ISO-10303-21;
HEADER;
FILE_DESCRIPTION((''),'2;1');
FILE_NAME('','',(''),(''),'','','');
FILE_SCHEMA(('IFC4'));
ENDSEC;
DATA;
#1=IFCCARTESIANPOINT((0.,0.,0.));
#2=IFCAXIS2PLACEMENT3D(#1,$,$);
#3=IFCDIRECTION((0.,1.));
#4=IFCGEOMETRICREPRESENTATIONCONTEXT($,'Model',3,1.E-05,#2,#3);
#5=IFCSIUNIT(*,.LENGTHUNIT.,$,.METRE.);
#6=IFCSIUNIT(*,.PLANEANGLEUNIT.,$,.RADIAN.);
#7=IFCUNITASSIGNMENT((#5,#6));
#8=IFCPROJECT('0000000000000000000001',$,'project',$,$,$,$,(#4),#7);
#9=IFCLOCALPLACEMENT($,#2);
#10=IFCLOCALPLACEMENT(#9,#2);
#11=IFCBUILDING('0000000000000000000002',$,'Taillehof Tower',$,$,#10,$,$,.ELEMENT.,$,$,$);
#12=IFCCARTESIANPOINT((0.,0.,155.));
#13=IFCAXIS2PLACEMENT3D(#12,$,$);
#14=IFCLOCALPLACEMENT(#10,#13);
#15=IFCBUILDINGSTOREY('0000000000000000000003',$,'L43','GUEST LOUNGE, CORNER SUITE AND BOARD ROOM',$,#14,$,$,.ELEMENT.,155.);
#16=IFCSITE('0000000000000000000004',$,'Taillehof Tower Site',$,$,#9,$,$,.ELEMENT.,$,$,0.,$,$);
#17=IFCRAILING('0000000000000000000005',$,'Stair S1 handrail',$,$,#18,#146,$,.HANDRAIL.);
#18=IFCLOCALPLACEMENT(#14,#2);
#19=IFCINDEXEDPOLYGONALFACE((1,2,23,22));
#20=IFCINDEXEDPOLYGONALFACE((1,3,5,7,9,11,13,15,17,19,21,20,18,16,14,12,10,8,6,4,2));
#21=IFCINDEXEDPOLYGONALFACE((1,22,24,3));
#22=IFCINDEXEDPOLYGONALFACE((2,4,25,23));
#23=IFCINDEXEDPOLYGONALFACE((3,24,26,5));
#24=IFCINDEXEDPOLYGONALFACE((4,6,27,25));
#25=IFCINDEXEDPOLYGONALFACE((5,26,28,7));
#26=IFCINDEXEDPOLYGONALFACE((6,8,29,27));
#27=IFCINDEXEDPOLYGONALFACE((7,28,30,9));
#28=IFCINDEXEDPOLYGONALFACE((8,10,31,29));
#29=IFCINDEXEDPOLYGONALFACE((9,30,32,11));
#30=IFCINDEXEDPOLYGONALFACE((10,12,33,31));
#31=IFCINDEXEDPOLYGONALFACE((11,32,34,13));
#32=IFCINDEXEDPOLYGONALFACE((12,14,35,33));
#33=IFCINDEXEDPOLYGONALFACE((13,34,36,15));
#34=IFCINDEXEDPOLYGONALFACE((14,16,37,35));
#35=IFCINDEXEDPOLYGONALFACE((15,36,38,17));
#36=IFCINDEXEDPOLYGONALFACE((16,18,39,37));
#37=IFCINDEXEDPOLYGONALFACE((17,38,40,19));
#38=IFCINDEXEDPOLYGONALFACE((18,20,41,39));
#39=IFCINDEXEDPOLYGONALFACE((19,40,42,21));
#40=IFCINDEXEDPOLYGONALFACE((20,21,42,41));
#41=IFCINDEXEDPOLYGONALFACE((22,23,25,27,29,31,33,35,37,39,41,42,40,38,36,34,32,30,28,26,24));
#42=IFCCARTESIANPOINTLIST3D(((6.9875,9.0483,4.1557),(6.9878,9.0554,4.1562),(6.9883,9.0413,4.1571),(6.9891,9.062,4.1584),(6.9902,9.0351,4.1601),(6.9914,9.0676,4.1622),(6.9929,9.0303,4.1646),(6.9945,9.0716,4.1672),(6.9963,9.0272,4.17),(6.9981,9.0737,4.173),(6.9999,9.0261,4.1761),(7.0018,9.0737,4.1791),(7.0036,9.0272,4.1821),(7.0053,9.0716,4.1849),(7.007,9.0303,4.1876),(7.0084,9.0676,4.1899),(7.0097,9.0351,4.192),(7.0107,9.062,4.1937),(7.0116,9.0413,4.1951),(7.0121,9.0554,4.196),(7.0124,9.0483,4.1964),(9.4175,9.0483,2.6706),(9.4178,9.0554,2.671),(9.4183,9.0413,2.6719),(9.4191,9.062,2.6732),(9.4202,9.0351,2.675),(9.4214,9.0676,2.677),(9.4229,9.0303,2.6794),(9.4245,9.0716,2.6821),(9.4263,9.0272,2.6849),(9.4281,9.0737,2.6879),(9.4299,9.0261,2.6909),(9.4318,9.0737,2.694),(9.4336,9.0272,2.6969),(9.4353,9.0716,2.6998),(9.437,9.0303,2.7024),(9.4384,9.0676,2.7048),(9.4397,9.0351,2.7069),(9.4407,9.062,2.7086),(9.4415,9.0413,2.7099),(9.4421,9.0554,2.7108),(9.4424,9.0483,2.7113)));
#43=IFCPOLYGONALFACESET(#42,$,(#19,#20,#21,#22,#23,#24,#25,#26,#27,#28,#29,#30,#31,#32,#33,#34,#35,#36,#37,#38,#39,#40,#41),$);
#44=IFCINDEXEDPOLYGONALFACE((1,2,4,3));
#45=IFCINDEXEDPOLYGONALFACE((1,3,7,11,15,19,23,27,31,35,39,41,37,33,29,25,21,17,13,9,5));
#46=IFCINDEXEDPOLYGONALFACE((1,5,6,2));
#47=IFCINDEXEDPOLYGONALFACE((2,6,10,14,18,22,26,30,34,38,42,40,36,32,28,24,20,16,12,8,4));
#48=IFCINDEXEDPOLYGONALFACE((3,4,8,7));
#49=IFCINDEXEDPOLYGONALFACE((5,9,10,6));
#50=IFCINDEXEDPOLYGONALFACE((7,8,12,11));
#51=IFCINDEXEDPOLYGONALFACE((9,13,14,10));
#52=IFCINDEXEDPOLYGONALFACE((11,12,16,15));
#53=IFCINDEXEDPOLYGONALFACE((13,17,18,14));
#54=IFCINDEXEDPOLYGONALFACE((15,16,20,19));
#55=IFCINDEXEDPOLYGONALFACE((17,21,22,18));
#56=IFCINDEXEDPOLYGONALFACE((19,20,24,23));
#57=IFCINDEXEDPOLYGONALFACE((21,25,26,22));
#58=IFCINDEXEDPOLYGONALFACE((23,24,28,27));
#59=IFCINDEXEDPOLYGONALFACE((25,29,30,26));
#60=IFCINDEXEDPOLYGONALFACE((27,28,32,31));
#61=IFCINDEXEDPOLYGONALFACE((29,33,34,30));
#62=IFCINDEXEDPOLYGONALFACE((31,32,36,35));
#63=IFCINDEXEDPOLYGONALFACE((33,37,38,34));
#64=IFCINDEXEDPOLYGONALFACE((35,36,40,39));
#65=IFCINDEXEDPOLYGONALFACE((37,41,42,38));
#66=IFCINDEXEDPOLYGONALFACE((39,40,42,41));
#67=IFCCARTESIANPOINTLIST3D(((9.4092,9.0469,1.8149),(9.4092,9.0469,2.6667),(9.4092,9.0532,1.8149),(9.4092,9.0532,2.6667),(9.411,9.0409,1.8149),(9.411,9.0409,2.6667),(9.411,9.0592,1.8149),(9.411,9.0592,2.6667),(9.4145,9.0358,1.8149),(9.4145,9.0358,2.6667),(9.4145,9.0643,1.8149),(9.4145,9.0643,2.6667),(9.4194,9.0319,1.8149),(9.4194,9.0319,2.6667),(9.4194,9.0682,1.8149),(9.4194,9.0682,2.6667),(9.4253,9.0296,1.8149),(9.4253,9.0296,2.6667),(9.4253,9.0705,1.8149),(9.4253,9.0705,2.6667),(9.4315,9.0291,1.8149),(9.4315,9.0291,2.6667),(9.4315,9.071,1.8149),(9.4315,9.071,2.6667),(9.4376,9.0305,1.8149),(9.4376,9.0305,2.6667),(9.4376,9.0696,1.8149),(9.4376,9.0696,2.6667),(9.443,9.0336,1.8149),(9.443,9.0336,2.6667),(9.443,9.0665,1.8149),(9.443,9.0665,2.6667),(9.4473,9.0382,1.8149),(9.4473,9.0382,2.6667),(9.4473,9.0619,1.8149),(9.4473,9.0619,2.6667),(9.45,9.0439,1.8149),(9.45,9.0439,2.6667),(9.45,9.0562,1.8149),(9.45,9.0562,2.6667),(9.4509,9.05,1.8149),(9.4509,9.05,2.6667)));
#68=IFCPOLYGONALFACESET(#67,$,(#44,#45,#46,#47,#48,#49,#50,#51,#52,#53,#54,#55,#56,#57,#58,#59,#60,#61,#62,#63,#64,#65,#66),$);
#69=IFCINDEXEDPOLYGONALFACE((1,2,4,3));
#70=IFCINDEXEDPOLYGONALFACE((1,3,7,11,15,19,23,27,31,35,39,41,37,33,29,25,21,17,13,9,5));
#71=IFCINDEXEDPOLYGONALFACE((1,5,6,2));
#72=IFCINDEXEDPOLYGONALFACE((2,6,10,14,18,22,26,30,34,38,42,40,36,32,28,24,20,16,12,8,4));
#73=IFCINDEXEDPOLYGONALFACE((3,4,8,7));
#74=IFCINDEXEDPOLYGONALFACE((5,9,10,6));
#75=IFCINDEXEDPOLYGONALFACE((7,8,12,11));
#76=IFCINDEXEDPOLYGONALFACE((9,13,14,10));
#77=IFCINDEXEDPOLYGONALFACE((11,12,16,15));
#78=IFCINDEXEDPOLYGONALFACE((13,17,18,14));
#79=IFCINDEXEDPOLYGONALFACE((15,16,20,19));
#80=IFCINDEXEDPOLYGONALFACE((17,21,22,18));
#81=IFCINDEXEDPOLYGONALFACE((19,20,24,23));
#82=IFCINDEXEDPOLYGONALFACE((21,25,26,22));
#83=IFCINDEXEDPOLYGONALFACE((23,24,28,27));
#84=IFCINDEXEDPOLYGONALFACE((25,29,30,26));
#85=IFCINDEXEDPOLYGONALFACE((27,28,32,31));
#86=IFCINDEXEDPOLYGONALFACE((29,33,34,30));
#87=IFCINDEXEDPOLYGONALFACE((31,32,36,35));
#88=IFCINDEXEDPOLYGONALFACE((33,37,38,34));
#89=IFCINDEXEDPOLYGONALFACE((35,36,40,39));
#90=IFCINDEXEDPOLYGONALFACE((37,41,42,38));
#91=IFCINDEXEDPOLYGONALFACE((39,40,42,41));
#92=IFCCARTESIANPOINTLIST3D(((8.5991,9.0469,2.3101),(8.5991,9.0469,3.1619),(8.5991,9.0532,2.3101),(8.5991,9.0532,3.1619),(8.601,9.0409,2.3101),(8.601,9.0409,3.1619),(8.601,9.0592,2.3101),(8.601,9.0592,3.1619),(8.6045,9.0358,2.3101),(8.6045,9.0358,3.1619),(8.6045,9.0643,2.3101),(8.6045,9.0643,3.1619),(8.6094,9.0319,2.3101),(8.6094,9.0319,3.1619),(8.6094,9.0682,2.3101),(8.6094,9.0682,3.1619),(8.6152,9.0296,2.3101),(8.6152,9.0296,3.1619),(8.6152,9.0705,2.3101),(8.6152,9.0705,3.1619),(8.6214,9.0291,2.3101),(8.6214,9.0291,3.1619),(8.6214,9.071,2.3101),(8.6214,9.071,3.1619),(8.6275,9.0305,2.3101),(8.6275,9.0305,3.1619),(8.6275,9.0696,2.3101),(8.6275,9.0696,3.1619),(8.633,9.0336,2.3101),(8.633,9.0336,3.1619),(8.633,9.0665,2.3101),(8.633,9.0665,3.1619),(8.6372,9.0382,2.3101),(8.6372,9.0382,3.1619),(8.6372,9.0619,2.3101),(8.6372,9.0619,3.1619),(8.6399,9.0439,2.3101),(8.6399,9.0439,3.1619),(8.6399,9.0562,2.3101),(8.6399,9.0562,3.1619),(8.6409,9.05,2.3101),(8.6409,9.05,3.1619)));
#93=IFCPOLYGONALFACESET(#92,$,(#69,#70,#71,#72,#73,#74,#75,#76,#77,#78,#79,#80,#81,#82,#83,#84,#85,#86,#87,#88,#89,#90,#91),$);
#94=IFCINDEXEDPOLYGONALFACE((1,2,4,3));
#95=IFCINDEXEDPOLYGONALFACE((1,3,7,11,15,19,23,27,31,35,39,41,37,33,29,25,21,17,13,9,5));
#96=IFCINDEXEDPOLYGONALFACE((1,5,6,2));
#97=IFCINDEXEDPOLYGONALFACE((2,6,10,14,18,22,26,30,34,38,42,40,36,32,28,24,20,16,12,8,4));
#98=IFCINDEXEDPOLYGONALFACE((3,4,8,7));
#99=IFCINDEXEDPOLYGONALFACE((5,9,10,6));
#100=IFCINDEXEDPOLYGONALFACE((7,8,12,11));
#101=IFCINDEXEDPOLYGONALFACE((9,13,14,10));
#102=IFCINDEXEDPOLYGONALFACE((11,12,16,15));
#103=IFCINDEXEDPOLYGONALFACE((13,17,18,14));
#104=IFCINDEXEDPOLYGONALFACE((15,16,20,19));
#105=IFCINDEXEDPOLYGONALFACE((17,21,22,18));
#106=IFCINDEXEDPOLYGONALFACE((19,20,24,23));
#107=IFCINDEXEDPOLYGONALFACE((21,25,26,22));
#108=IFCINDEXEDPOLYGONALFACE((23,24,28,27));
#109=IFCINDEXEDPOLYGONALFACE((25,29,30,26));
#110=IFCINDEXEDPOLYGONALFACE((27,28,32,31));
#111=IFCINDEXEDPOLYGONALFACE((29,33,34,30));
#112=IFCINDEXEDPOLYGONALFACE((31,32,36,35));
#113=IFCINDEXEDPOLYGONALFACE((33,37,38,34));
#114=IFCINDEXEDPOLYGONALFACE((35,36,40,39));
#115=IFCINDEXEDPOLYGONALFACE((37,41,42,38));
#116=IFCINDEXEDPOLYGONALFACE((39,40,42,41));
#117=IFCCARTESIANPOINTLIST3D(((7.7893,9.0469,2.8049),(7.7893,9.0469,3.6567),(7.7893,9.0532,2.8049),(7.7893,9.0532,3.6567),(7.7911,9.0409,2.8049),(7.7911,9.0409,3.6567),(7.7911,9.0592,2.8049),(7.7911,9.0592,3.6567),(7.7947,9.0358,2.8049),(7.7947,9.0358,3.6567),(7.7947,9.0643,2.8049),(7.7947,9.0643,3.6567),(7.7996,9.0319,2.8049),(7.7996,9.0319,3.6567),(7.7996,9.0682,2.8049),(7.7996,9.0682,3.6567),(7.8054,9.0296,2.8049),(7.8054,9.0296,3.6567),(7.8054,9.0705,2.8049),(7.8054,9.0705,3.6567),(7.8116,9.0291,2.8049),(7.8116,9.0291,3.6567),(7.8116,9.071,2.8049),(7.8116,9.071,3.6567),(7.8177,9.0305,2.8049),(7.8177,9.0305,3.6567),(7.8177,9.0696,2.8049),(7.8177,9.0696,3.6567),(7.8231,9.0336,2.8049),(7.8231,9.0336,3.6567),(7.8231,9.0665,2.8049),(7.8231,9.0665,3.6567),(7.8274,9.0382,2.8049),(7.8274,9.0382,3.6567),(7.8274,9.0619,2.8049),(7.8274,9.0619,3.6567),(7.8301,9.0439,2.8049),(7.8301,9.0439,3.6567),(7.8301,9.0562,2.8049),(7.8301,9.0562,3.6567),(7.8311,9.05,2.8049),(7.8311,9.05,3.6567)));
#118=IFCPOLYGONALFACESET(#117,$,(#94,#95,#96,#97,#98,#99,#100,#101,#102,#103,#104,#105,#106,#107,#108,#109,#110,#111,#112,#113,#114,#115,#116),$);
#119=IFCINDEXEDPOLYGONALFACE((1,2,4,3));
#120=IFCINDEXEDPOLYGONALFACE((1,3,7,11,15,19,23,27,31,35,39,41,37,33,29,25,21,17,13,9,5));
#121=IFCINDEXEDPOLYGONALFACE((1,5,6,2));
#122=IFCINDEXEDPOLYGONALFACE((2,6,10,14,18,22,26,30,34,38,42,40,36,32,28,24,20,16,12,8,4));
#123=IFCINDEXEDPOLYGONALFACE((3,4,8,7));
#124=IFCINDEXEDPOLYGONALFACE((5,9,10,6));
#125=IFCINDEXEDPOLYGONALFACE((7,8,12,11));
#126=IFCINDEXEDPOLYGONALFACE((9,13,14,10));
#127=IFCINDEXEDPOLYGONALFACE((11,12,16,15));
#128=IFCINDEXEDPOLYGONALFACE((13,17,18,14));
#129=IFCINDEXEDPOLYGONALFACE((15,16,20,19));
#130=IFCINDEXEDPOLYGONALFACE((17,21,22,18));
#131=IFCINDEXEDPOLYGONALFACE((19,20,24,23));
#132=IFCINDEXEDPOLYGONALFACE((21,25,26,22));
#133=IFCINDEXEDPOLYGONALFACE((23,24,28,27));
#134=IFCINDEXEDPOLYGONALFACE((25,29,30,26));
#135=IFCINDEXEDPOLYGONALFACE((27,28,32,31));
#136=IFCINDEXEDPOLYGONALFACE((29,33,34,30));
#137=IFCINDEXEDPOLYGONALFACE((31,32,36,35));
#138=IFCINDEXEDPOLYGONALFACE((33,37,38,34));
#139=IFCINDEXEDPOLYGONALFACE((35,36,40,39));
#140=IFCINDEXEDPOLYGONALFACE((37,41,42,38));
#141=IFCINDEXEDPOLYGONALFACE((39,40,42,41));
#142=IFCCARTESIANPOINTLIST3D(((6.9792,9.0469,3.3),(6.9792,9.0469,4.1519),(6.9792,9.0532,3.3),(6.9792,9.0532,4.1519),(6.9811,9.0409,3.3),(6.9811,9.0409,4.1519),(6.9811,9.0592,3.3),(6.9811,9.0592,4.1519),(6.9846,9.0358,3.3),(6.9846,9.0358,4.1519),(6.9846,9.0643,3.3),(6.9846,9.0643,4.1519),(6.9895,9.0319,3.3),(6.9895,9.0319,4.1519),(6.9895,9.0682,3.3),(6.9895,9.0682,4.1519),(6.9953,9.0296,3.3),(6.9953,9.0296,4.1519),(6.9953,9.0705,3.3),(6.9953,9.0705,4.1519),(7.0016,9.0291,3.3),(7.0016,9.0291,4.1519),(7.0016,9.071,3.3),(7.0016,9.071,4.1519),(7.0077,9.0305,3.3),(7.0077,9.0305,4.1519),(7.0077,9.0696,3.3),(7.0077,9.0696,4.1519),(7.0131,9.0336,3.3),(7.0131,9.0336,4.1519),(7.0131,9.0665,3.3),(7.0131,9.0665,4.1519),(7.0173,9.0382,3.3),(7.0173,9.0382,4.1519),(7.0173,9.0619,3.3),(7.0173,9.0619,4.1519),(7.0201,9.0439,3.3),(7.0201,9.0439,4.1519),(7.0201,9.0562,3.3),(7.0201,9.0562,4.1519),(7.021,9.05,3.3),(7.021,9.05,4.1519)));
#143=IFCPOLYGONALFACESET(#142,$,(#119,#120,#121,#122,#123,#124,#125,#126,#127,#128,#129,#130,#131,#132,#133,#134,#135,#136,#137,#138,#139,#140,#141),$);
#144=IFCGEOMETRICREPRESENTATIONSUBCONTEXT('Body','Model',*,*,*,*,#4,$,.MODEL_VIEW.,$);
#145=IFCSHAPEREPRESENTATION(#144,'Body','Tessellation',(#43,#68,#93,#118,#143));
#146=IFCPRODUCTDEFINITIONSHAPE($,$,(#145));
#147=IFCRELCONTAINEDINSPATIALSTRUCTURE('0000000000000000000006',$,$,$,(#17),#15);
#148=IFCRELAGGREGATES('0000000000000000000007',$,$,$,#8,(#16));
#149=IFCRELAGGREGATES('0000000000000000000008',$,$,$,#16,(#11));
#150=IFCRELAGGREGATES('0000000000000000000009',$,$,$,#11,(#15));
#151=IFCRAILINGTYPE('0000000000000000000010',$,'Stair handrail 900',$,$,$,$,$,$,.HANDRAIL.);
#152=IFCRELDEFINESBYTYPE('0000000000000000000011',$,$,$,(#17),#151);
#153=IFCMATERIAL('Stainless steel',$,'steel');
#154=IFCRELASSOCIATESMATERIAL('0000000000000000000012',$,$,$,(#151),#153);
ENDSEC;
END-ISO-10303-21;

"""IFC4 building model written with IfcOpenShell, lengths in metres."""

from ifc_helpers import new_model, si_unit, direction, frame, origin, origin_2d, place, context, subcontext, project, spatial, circle, extrude, material, type_object, element, save


model = new_model("IFC4")

# Units and contexts
model_context = context("Model", 3, precision=1e-05, world=origin(), true_north=direction((0.0, 1.0)))
body_context = subcontext(model_context, "Body", "Model", "MODEL_VIEW")
ifc_project = project(units=[si_unit("LENGTHUNIT", "METRE"), si_unit("PLANEANGLEUNIT", "RADIAN")], contexts=[model_context])

# Site, building, storey
site_placement = place(None, origin())
site = spatial("IfcSite", under=ifc_project, at=site_placement, Name="Taillehof Tower Site", CompositionType="ELEMENT", RefElevation=0.0)
building_placement = place(site_placement, origin())
building = spatial("IfcBuilding", under=site, at=building_placement, Name="Taillehof Tower", CompositionType="ELEMENT")
storey_placement = place(building_placement, frame((0.0, 0.0, 155.0)))
storey = spatial("IfcBuildingStorey", under=building, at=storey_placement, Name="L43", Description="GUEST LOUNGE, CORNER SUITE AND BOARD ROOM", CompositionType="ELEMENT", Elevation=155.0)

# Railing
ifc_material_1 = material(Name="Stainless steel", Category="steel")
railing_type = type_object("IfcRailingType", Name="Stair handrail 900", PredefinedType="HANDRAIL", material=ifc_material_1)
railing_placement = place(storey_placement, frame((9.4299, 9.05, 1.8149)))
element("IfcRailing", 1, at=railing_placement, inside=storey, type_object=railing_type, Name="Stair S1 handrail", PredefinedType="HANDRAIL", context=body_context, shape_type="SweptSolid", body=[
    extrude(circle(Radius=0.0239, at=origin_2d()), frame((0.0, 0.0, 0.876), z_axis=(-0.853259, 0.0, 0.521488), x_axis=(0.0, -1.0, 0.0)), (0.0, 0.0, 1.0), 2.8479),
    extrude(circle(Radius=0.021, at=origin_2d()), origin(), (0.0, 0.0, 1.0), 0.8518),
    extrude(circle(Radius=0.021, at=origin_2d()), frame((-0.8101, 0.0, 0.4951)), (0.0, 0.0, 1.0), 0.8518),
    extrude(circle(Radius=0.021, at=origin_2d()), frame((-1.6199, 0.0, 0.99)), (0.0, 0.0, 1.0), 0.8518),
    extrude(circle(Radius=0.021, at=origin_2d()), frame((-2.4299, 0.0, 1.4851)), (0.0, 0.0, 1.0), 0.8518),
])

save(model, "model.ifc")
